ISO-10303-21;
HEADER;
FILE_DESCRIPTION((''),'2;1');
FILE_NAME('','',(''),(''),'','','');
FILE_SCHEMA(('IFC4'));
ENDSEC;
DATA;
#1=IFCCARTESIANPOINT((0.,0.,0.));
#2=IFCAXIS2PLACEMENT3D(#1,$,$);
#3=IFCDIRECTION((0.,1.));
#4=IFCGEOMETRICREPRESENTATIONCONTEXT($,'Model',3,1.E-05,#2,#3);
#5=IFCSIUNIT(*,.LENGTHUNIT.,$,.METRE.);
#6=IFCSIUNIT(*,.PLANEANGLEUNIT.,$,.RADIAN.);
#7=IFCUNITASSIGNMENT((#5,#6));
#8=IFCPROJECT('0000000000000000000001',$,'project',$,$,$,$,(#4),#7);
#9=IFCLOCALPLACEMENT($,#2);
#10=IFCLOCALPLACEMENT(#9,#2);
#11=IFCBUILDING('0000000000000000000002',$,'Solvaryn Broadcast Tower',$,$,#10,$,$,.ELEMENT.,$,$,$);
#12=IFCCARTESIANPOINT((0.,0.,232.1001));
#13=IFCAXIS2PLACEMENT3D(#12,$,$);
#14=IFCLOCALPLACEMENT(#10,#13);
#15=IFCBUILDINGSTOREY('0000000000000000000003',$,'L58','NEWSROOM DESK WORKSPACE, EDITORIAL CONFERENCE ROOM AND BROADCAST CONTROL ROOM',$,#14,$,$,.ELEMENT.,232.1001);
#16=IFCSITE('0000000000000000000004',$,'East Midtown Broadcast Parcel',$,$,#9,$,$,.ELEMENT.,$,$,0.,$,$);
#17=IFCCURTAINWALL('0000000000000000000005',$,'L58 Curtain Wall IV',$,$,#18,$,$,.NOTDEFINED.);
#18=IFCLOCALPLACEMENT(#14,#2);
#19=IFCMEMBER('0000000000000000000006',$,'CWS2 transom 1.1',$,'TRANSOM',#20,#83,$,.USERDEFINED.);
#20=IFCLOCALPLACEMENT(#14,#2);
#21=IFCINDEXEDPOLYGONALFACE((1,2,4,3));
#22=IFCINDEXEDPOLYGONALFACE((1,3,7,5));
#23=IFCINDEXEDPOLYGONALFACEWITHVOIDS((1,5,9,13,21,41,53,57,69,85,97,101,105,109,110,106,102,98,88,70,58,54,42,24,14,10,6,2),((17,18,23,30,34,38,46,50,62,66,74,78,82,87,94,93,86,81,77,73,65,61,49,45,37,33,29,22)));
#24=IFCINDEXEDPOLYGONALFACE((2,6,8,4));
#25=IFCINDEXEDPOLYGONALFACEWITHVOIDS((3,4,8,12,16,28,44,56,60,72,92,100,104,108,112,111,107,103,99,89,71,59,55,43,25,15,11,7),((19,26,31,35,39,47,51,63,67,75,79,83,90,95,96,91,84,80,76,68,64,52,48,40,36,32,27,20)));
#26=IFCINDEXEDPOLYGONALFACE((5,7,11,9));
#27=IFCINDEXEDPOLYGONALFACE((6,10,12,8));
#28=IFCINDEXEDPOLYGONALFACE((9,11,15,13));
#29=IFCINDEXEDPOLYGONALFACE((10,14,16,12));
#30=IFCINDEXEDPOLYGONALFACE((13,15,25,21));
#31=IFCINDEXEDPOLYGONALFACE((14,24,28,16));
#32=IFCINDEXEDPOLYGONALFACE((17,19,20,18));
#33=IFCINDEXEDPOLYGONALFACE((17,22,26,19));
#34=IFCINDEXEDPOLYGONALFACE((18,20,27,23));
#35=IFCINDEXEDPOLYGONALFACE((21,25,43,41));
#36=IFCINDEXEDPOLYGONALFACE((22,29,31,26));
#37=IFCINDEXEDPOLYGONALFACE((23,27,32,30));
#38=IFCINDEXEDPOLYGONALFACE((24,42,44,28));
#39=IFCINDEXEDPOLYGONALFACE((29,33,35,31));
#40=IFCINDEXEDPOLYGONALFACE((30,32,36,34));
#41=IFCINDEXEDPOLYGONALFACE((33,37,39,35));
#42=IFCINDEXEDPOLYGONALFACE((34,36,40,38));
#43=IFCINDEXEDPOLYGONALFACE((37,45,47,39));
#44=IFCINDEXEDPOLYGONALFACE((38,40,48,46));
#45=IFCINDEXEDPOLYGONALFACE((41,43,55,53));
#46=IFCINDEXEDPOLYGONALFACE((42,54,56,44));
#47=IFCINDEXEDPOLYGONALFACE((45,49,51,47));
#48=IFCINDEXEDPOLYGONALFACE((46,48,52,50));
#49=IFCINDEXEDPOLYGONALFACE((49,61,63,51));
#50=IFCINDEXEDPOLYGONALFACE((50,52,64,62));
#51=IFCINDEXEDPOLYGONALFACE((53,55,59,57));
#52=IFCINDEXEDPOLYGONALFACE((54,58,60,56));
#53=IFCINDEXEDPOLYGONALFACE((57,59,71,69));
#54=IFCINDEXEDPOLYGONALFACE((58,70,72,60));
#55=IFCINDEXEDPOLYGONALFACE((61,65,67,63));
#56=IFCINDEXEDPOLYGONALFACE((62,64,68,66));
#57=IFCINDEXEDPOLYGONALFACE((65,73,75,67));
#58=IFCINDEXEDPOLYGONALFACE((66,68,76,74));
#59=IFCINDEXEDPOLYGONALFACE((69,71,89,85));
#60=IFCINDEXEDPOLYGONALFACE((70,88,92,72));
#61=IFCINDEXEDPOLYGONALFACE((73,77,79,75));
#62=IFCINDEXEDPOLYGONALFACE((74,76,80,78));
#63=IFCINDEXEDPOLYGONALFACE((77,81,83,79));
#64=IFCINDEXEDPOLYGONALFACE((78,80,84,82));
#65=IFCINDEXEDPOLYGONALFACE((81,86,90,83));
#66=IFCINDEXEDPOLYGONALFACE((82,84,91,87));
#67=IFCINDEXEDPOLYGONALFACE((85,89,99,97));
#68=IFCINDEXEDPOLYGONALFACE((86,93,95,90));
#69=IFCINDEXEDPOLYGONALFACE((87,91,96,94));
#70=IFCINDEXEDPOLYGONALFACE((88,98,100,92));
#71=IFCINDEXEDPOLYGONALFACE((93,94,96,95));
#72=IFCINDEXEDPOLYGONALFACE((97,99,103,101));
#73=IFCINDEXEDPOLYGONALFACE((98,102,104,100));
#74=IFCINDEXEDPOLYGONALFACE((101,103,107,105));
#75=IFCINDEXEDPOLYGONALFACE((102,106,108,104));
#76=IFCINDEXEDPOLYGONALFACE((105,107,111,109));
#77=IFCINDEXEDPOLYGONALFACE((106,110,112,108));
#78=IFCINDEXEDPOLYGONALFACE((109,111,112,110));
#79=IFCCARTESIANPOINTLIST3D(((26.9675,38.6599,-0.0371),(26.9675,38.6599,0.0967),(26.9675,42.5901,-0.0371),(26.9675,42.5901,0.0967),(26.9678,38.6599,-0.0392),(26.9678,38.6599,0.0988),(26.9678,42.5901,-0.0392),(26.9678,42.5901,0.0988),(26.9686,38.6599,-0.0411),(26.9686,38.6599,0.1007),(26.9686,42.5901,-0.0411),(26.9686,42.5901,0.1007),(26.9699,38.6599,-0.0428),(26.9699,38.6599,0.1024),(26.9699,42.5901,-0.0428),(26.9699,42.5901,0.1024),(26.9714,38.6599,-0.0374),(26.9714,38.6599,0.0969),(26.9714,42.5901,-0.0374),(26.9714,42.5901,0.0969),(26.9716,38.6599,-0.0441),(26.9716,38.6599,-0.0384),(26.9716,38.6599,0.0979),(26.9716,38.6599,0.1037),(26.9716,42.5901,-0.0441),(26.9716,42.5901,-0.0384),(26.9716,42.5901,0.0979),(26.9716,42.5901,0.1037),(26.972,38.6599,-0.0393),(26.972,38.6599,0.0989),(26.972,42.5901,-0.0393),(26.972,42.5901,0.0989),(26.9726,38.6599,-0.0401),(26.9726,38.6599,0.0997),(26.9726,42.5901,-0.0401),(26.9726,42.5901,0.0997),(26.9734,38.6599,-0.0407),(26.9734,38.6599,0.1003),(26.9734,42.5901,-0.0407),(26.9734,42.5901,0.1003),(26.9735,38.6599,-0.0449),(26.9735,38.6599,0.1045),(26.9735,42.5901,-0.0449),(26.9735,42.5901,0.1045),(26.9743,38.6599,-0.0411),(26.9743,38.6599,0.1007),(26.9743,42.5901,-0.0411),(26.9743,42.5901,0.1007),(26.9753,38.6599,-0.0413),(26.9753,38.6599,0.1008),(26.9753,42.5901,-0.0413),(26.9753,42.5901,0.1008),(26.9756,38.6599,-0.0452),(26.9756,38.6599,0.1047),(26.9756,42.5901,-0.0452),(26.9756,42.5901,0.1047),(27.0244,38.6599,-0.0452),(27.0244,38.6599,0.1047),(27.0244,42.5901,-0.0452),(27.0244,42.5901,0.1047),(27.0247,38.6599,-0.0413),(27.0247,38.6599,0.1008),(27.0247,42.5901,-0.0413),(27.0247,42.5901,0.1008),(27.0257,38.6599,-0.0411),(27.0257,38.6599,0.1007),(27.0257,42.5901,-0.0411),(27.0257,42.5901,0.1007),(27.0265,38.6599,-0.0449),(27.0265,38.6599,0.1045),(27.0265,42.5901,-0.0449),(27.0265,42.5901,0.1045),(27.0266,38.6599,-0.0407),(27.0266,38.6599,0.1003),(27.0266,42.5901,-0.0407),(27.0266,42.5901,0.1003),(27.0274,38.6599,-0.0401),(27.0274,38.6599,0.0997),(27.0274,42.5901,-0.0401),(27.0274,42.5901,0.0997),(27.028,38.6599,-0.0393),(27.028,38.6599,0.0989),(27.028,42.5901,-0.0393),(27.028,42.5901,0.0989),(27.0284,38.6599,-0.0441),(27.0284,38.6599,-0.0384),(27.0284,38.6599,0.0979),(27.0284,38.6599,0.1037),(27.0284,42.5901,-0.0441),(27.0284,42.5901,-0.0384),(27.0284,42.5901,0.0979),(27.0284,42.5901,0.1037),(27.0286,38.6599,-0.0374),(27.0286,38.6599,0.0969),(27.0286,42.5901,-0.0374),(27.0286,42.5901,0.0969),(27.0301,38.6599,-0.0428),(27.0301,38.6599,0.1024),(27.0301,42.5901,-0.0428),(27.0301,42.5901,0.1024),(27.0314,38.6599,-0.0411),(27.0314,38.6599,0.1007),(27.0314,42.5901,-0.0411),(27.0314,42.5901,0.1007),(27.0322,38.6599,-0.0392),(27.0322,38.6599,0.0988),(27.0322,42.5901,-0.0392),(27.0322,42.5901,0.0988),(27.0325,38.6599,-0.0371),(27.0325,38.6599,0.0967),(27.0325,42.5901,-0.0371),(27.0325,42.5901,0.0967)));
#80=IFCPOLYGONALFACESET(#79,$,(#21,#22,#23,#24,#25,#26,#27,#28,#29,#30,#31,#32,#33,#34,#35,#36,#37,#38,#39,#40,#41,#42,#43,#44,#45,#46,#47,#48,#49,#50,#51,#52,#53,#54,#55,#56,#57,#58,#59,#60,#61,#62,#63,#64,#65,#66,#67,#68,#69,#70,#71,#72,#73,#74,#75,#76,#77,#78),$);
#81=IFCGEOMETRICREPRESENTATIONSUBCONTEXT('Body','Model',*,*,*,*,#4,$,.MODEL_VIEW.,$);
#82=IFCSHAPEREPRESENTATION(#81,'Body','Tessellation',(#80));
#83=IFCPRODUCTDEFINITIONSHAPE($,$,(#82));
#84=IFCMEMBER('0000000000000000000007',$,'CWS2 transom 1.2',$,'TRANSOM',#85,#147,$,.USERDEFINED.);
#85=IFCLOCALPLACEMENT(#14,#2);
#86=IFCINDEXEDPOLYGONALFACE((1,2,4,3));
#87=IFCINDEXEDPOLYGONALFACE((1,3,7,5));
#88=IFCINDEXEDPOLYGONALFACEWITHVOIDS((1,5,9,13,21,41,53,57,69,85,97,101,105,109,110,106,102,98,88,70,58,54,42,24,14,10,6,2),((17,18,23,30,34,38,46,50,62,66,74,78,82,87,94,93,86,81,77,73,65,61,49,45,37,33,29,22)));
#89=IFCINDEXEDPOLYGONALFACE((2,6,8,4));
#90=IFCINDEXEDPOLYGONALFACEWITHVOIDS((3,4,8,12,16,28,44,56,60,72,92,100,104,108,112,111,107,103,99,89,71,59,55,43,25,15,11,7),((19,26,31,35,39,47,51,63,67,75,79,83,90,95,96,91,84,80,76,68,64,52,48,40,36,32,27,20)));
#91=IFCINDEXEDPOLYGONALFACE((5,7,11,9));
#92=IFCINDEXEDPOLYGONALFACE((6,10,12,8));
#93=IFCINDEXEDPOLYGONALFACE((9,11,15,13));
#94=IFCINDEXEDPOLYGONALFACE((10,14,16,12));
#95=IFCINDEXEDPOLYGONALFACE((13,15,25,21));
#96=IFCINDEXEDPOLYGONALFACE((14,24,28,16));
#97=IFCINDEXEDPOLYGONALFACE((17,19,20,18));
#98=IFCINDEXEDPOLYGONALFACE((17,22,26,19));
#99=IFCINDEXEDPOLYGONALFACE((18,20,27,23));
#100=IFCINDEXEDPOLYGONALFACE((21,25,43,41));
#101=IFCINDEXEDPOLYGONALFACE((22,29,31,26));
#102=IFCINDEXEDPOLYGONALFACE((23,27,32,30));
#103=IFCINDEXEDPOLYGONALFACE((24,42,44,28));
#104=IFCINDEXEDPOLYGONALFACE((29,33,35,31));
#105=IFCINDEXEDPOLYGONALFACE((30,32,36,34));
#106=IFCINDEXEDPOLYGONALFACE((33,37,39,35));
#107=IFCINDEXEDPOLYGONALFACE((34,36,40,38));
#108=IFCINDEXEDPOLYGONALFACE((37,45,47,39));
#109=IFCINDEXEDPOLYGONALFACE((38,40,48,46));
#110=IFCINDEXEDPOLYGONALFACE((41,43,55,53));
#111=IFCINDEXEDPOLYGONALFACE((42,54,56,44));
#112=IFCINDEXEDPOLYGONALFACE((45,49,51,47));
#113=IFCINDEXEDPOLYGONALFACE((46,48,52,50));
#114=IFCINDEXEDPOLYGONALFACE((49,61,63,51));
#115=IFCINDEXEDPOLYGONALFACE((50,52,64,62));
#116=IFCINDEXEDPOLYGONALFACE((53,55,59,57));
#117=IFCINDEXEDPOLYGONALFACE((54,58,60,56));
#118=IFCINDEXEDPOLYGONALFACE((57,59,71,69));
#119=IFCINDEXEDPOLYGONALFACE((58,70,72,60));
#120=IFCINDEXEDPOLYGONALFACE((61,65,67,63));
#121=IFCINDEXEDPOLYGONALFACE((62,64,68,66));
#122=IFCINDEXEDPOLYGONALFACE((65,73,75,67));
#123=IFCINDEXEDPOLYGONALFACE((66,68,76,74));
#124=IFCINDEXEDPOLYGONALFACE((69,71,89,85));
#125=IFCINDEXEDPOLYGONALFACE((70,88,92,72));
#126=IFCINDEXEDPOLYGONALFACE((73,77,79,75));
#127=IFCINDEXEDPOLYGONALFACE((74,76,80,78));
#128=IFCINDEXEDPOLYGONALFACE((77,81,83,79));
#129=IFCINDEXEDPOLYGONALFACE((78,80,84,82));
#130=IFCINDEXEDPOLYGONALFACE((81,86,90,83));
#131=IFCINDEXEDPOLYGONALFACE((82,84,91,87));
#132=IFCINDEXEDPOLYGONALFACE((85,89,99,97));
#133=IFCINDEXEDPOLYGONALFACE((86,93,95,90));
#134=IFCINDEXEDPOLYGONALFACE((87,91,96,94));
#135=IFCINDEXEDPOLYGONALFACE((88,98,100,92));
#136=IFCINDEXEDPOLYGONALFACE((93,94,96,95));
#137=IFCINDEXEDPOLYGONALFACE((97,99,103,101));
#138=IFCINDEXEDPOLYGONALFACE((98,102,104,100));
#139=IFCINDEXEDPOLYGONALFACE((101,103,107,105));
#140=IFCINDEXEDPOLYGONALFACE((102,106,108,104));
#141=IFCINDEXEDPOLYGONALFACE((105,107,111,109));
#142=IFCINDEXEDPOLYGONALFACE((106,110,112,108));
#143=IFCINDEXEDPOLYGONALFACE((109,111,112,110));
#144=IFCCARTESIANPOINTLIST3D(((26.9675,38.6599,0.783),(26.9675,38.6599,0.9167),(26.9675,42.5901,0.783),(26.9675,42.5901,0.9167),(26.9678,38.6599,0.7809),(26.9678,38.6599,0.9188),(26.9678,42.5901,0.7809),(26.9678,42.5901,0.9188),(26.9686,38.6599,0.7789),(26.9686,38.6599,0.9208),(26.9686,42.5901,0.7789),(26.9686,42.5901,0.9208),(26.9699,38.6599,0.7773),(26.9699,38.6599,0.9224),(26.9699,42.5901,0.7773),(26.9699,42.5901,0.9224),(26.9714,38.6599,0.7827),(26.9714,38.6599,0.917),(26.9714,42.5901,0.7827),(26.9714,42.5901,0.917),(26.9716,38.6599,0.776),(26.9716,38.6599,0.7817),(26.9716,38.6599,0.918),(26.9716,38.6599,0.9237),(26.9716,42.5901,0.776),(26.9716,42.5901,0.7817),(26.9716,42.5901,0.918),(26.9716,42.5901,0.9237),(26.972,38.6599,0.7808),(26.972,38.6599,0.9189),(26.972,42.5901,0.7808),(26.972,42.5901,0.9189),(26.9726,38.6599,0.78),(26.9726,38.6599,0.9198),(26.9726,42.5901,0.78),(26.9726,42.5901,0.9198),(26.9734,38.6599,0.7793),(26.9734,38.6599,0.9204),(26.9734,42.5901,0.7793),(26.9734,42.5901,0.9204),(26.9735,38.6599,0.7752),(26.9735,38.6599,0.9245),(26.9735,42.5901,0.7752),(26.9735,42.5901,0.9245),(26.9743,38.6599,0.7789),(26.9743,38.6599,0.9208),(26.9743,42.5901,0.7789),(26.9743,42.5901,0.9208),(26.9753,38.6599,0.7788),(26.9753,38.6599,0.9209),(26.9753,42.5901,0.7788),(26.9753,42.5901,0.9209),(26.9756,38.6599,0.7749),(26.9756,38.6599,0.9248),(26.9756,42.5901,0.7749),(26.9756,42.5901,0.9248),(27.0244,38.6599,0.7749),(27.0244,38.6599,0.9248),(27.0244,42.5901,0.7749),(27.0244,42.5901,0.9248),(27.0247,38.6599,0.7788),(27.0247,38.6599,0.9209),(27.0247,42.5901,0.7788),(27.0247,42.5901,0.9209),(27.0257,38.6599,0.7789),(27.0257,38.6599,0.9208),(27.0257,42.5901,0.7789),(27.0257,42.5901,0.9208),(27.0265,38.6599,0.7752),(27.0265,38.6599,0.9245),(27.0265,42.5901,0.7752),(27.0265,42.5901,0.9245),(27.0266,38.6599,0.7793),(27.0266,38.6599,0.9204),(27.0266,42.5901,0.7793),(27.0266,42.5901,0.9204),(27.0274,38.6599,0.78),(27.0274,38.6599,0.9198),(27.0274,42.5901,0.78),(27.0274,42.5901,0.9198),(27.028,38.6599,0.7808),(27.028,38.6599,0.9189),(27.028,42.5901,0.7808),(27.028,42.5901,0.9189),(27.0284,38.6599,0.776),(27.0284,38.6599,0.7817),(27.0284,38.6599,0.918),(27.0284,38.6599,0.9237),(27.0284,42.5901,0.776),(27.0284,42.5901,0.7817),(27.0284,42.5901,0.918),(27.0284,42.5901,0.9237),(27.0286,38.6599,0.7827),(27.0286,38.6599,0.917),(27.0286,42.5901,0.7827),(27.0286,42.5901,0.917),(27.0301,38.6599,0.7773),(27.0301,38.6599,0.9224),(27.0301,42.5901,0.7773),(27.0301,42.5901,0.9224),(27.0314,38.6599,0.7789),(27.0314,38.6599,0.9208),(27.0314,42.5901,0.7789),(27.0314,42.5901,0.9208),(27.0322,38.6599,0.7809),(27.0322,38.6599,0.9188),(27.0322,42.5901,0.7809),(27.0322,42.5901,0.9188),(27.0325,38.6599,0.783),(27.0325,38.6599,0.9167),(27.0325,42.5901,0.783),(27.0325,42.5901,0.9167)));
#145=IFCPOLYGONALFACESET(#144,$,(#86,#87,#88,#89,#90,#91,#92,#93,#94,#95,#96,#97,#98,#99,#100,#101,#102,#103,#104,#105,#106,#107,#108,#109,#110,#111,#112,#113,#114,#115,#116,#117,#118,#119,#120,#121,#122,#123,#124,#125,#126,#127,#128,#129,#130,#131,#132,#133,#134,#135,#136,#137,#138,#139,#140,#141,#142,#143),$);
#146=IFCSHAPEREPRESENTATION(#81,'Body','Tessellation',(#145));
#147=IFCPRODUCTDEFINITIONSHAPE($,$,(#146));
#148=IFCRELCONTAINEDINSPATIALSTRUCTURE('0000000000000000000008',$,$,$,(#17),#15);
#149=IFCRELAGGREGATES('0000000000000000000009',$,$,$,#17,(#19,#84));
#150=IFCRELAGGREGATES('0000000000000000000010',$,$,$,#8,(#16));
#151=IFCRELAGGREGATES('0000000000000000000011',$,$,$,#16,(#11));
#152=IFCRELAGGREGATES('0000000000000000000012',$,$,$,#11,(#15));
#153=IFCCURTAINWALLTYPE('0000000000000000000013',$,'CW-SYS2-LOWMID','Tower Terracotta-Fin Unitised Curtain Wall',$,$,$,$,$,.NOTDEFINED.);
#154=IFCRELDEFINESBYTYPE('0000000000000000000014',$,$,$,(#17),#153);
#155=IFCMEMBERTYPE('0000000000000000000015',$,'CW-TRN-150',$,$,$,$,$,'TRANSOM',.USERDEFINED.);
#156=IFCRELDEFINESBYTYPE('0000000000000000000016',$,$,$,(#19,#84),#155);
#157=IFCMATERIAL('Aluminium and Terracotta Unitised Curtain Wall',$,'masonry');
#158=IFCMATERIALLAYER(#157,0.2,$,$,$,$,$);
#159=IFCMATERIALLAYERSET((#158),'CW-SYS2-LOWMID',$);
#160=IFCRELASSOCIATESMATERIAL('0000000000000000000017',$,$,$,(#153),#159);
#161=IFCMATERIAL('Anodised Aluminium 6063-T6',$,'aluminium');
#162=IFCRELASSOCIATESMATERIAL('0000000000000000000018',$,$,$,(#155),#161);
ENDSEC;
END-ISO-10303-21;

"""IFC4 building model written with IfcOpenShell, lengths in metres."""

from ifc_helpers import new_model, si_unit, direction, frame, origin, origin_2d, place, context, subcontext, project, spatial, hollow_rectangle, extrude, material, layer, layer_set, material_profile, profile_set, type_object, element, aggregate, save


model = new_model("IFC4")

# Units and contexts
model_context = context("Model", 3, precision=1e-05, world=origin(), true_north=direction((0.0, 1.0)))
body_context = subcontext(model_context, "Body", "Model", "MODEL_VIEW")
ifc_project = project(units=[si_unit("LENGTHUNIT", "METRE"), si_unit("PLANEANGLEUNIT", "RADIAN")], contexts=[model_context])

# Site, building, storey
site_placement = place(None, origin())
site = spatial("IfcSite", under=ifc_project, at=site_placement, Name="East Midtown Broadcast Parcel", CompositionType="ELEMENT", RefElevation=0.0)
building_placement = place(site_placement, origin())
building = spatial("IfcBuilding", under=site, at=building_placement, Name="Solvaryn Broadcast Tower", CompositionType="ELEMENT")
storey_placement = place(building_placement, frame((0.0, 0.0, 232.1001)))
storey = spatial("IfcBuildingStorey", under=building, at=storey_placement, Name="L58", Description="NEWSROOM DESK WORKSPACE, EDITORIAL CONFERENCE ROOM AND BROADCAST CONTROL ROOM", CompositionType="ELEMENT", Elevation=232.1001)

# Curtain wall
ifc_material_1 = material(Name="Aluminium and Terracotta Unitised Curtain Wall", Category="masonry")
ifc_layer_1 = layer(ifc_material_1, 0.2)
ifc_layer_set_1 = layer_set([ifc_layer_1], Name="CW-SYS2-LOWMID")
curtain_wall_type = type_object("IfcCurtainWallType", Name="CW-SYS2-LOWMID", Description="Tower Terracotta-Fin Unitised Curtain Wall", PredefinedType="NOTDEFINED", material=ifc_layer_set_1)
curtain_wall_1_placement = place(storey_placement, origin())
curtain_wall_1 = element("IfcCurtainWall", 1, at=curtain_wall_1_placement, inside=storey, type_object=curtain_wall_type, Name="L58 Curtain Wall IV", PredefinedType="NOTDEFINED")

# Members
ifc_material_2 = material(Name="Anodised Aluminium 6063-T6", Category="aluminium")
ifc_material_profile_1 = material_profile(ifc_material_2, hollow_rectangle(XDim=0.0649, YDim=0.1499, WallThickness=0.0039, InnerFilletRadius=0.0039, OuterFilletRadius=0.0081, at=origin_2d()))
ifc_profile_set_1 = profile_set([ifc_material_profile_1], Name="Anodised Aluminium 6063-T6")
member_type_1 = type_object("IfcMemberType", Name="CW-TRN-150", ElementType="TRANSOM", PredefinedType="USERDEFINED", material=ifc_profile_set_1)
member_1_placement = place(storey_placement, frame((27.0, 42.5901, 0.0298), z_axis=(0.0, -1.0, 0.0), x_axis=(1.0, 0.0, 0.0)))
member_1 = element("IfcMember", 2, at=member_1_placement, type_object=member_type_1, Name="CWS2 transom 1.1", ObjectType="TRANSOM", PredefinedType="USERDEFINED", context=body_context, shape_type="SweptSolid", body=[
    extrude(hollow_rectangle(XDim=0.0649, YDim=0.1499, WallThickness=0.0039, InnerFilletRadius=0.0039, OuterFilletRadius=0.0081, at=origin_2d()), origin(), (0.0, 0.0, 1.0), 3.9302),
])
member_2_placement = place(storey_placement, frame((27.0, 42.5901, 0.8499), z_axis=(0.0, -1.0, 0.0), x_axis=(1.0, 0.0, 0.0)))
member_2 = element("IfcMember", 3, at=member_2_placement, type_object=member_type_1, Name="CWS2 transom 1.2", ObjectType="TRANSOM", PredefinedType="USERDEFINED", context=body_context, shape_type="SweptSolid", body=[
    extrude(hollow_rectangle(XDim=0.0649, YDim=0.1499, WallThickness=0.0039, InnerFilletRadius=0.0039, OuterFilletRadius=0.0081, at=origin_2d()), origin(), (0.0, 0.0, 1.0), 3.9302),
])

aggregate(curtain_wall_1, [member_1, member_2])

save(model, "model.ifc")
